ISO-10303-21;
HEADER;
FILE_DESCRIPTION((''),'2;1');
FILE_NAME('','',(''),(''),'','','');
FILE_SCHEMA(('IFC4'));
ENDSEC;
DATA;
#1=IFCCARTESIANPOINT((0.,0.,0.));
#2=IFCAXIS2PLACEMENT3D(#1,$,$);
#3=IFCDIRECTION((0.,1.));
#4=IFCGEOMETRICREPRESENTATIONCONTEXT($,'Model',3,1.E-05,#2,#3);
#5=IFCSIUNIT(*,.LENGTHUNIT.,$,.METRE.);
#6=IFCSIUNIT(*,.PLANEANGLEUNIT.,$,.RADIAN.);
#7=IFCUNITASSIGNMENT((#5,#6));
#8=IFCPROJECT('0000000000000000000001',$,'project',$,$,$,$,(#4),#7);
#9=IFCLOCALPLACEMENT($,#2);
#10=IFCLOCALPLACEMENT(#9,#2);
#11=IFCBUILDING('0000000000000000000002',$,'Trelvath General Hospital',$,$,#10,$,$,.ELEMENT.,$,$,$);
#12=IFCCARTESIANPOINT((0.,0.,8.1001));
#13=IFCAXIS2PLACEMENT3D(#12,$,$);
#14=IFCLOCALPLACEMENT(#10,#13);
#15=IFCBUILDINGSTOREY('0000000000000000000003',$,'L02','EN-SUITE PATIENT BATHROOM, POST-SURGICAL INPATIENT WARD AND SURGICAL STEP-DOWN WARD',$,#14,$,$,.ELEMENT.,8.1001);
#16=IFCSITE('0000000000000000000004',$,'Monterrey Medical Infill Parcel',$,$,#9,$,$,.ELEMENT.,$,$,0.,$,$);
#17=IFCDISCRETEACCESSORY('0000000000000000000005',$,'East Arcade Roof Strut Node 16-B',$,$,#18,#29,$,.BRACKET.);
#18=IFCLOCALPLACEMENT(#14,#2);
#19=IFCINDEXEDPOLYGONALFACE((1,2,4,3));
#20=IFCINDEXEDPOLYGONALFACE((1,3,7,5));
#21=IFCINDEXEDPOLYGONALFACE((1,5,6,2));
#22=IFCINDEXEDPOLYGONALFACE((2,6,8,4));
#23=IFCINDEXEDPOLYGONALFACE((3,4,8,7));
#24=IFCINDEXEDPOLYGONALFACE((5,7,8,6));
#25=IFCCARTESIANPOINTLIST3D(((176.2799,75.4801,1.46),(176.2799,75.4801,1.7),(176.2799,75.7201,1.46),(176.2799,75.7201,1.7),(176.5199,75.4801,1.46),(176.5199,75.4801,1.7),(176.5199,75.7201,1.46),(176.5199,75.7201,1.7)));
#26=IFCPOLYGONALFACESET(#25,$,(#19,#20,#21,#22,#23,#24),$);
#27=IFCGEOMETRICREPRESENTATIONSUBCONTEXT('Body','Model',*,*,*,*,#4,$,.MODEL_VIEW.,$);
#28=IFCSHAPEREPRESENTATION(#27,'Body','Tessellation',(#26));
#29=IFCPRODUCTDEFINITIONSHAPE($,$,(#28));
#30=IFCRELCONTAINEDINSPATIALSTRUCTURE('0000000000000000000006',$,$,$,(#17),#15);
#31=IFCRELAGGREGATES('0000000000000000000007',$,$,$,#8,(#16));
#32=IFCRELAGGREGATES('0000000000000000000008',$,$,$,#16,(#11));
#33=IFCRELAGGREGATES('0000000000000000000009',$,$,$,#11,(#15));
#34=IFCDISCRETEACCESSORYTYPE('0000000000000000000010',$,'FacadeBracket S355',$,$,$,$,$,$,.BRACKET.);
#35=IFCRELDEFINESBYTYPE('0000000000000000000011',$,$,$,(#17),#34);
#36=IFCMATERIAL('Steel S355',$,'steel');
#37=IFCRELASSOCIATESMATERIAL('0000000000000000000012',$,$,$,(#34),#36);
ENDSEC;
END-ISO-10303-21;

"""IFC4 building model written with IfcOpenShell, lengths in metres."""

from ifc_helpers import new_model, si_unit, direction, frame, origin, origin_2d, place, context, subcontext, project, spatial, rectangle, extrude, material, type_object, element, save


model = new_model("IFC4")

# Units and contexts
model_context = context("Model", 3, precision=1e-05, world=origin(), true_north=direction((0.0, 1.0)))
body_context = subcontext(model_context, "Body", "Model", "MODEL_VIEW")
ifc_project = project(units=[si_unit("LENGTHUNIT", "METRE"), si_unit("PLANEANGLEUNIT", "RADIAN")], contexts=[model_context])

# Site, building, storey
site_placement = place(None, origin())
site = spatial("IfcSite", under=ifc_project, at=site_placement, Name="Monterrey Medical Infill Parcel", CompositionType="ELEMENT", RefElevation=0.0)
building_placement = place(site_placement, origin())
building = spatial("IfcBuilding", under=site, at=building_placement, Name="Trelvath General Hospital", CompositionType="ELEMENT")
storey_placement = place(building_placement, frame((0.0, 0.0, 8.1001)))
storey = spatial("IfcBuildingStorey", under=building, at=storey_placement, Name="L02", Description="EN-SUITE PATIENT BATHROOM, POST-SURGICAL INPATIENT WARD AND SURGICAL STEP-DOWN WARD", CompositionType="ELEMENT", Elevation=8.1001)

# Discrete accessory
ifc_material_1 = material(Name="Steel S355", Category="steel")
discrete_accessory_type = type_object("IfcDiscreteAccessoryType", Name="FacadeBracket S355", PredefinedType="BRACKET", material=ifc_material_1)
for number, where, z_axis, x_axis, name in (
    (1, (176.3999, 75.6001, 1.46), (0.0, 0.0, 1.0), (1.0, 0.0, 0.0), "East Arcade Roof Strut Node 16-B"),
):
    element("IfcDiscreteAccessory", number, at=place(storey_placement, frame(where, z_axis=z_axis, x_axis=x_axis)), inside=storey, type_object=discrete_accessory_type, Name=name, PredefinedType="BRACKET", context=body_context, shape_type="SweptSolid", body=[
        extrude(rectangle(XDim=0.24, YDim=0.24, at=origin_2d()), origin(), (0.0, 0.0, 1.0), 0.24),
    ])

save(model, "model.ifc")
